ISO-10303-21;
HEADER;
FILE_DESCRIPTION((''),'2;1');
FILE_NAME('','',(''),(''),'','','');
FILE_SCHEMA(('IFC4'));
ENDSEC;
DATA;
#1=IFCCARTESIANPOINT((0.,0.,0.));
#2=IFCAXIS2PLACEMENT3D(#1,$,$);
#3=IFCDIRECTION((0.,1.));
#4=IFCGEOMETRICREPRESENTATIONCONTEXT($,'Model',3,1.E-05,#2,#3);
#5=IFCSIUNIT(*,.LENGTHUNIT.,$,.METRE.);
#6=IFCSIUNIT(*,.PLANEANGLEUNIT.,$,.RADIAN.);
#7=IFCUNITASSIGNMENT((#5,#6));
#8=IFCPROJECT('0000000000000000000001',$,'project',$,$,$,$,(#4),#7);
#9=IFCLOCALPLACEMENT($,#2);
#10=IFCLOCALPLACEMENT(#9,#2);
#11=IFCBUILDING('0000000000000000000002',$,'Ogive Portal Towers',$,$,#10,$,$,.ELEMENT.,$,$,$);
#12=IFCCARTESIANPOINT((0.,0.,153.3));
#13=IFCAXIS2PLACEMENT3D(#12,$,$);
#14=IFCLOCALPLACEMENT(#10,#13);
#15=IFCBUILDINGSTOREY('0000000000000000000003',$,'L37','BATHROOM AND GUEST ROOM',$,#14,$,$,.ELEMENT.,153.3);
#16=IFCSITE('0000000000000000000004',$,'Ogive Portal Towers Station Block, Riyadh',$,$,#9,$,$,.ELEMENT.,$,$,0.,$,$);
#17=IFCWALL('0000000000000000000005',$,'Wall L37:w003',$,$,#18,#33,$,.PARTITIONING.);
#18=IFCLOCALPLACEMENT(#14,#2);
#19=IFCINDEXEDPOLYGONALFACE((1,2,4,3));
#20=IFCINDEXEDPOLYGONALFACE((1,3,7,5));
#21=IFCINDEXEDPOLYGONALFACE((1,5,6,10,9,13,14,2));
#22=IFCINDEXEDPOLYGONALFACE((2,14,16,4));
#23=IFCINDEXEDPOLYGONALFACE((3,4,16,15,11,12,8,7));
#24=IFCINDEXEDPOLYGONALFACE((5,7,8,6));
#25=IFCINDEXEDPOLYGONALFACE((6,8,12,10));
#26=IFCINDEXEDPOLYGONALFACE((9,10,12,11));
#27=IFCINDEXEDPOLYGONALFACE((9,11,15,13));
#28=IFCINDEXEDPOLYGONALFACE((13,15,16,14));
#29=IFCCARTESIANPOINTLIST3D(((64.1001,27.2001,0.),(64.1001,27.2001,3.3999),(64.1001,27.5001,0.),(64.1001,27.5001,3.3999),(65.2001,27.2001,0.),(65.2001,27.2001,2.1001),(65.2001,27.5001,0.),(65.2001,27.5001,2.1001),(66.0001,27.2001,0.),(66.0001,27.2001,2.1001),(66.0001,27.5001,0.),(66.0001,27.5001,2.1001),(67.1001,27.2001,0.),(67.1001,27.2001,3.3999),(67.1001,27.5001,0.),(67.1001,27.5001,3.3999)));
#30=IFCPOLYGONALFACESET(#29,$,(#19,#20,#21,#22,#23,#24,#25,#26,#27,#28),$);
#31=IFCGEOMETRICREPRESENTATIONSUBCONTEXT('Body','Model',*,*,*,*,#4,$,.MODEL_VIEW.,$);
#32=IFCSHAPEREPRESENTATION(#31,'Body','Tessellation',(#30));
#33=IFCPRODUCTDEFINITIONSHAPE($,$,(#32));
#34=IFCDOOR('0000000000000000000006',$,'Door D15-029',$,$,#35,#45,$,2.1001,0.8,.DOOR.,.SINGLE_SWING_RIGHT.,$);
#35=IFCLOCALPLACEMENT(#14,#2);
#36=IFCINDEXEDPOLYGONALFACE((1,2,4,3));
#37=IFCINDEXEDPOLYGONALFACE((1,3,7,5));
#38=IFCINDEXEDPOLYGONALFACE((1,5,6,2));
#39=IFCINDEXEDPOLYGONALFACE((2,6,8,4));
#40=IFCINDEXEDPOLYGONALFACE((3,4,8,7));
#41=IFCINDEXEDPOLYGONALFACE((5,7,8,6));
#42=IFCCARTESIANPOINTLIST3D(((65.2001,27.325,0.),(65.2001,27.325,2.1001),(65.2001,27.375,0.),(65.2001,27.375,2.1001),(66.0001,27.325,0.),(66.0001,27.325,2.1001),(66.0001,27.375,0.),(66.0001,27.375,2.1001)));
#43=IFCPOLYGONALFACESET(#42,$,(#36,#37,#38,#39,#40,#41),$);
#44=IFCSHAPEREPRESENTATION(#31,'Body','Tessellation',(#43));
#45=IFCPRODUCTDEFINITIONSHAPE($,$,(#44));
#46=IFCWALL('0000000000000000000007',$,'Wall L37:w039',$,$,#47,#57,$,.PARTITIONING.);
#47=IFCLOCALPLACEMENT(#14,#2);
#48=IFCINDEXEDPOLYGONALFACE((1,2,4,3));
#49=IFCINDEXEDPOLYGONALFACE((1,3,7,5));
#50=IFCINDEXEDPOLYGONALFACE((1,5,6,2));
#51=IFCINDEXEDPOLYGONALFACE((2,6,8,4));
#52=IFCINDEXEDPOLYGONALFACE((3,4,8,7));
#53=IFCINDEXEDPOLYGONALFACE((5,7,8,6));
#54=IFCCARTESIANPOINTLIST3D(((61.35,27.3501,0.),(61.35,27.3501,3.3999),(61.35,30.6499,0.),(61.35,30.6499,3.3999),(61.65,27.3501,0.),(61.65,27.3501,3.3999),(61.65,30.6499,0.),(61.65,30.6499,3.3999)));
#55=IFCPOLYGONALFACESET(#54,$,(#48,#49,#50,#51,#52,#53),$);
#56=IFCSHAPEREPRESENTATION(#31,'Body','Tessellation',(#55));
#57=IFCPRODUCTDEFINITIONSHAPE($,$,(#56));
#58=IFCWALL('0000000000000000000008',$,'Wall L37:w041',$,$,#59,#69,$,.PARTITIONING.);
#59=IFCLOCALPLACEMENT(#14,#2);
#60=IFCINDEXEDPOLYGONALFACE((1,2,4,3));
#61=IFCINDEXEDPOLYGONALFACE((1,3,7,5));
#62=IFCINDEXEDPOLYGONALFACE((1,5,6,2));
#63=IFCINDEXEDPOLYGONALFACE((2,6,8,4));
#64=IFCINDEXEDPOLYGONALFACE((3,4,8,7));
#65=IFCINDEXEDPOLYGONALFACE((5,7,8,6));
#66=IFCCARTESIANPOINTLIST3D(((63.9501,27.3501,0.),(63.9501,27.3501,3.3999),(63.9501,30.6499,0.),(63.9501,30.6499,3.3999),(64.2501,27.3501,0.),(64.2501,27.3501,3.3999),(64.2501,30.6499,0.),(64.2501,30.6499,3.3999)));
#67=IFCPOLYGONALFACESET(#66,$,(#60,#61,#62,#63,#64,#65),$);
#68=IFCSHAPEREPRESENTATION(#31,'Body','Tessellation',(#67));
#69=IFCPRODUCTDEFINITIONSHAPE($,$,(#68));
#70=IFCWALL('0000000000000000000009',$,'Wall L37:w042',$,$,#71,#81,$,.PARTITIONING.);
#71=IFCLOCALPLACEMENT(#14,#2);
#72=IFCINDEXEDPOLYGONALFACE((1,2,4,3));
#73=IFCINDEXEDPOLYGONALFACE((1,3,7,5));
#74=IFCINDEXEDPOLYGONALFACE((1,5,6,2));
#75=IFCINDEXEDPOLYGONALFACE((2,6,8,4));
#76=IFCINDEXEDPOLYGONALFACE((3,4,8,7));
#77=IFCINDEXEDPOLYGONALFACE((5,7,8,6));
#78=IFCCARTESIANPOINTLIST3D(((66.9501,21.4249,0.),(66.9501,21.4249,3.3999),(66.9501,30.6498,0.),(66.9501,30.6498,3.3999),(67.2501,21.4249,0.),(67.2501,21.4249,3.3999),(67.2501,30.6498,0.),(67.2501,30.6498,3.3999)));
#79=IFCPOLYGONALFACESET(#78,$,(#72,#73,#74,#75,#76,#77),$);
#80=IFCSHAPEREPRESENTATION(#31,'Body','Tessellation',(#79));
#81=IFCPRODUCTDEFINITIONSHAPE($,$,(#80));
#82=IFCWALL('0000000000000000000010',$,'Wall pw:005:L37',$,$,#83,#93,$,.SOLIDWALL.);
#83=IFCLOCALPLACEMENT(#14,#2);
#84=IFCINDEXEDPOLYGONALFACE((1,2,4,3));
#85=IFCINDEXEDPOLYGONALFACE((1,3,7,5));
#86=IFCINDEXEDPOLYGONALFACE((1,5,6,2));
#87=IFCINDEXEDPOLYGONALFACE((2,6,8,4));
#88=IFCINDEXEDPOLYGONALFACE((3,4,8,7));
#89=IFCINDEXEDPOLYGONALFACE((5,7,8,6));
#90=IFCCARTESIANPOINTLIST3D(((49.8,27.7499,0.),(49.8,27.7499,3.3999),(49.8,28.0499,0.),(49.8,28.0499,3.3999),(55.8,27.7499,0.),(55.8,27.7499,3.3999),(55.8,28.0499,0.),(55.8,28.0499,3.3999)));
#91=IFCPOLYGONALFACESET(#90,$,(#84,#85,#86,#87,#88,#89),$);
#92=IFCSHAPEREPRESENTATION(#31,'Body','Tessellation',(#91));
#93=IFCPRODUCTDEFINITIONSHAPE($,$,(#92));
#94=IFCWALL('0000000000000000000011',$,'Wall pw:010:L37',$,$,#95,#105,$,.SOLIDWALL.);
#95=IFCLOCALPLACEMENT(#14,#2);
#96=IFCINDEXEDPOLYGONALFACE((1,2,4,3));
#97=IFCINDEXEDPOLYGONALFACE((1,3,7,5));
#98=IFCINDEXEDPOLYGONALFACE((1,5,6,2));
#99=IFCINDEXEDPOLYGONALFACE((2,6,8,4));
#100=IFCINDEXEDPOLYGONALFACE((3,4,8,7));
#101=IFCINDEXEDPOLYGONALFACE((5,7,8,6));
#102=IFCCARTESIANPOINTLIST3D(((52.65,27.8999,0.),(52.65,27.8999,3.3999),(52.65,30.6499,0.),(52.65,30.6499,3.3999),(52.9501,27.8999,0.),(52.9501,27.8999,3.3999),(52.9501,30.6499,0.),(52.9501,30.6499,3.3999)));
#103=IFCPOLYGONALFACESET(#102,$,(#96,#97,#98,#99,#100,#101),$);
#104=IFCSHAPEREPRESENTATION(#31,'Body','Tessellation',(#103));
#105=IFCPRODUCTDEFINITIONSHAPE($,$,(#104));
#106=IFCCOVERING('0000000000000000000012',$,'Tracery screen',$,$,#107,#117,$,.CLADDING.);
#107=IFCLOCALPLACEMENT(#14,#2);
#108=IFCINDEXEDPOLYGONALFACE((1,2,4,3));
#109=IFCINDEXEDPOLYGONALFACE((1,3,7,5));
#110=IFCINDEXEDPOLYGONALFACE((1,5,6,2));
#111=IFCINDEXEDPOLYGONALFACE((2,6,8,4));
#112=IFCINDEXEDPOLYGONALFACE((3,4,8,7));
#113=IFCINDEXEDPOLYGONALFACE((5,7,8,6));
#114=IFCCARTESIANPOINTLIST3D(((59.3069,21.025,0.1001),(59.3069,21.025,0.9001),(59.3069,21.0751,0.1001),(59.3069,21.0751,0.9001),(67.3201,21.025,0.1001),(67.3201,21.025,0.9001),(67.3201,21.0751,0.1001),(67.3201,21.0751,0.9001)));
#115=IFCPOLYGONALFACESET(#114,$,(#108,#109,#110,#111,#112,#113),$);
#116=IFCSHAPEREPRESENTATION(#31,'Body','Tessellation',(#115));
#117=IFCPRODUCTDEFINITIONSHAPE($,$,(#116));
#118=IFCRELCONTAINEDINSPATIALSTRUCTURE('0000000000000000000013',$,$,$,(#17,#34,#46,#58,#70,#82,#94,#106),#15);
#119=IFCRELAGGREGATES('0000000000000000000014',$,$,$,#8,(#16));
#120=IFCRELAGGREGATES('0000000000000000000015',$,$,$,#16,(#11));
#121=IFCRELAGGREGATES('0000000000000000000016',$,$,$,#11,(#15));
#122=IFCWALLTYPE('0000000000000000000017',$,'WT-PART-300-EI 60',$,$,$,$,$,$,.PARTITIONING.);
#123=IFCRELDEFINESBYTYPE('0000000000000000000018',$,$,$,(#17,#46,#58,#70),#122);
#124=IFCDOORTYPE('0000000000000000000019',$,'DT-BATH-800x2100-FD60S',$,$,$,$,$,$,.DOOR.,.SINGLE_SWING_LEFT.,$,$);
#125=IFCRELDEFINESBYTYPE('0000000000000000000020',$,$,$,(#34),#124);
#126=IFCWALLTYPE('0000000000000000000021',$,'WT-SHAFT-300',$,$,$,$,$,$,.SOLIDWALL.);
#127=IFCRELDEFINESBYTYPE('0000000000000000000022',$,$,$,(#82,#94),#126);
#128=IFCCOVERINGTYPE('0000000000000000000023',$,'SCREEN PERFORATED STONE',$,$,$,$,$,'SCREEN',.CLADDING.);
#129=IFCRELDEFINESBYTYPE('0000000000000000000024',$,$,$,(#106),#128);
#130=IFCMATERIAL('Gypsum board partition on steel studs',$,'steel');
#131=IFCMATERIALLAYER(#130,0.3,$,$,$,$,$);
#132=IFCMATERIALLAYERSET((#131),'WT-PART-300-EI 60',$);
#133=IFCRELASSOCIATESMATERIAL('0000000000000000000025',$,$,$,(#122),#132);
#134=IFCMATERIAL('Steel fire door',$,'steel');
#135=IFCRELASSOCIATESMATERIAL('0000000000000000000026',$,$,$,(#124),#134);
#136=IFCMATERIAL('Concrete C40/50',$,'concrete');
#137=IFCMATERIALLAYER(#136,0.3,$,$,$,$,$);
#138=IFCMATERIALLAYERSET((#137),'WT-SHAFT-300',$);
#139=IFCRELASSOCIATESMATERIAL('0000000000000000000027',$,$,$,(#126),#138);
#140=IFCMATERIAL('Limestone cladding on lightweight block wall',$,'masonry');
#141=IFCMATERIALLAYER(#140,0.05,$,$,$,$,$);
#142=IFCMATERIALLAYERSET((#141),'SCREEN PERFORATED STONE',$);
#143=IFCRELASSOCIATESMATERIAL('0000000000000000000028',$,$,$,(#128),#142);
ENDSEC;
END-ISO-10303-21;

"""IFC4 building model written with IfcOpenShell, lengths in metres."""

from ifc_helpers import new_model, si_unit, direction, frame, frame_2d, origin, origin_2d, place, context, subcontext, project, spatial, rectangle, extrude, material, layer, layer_set, type_object, element, fill, save


model = new_model("IFC4")

# Units and contexts
model_context = context("Model", 3, precision=1e-05, world=origin(), true_north=direction((0.0, 1.0)))
body_context = subcontext(model_context, "Body", "Model", "MODEL_VIEW")
ifc_project = project(units=[si_unit("LENGTHUNIT", "METRE"), si_unit("PLANEANGLEUNIT", "RADIAN")], contexts=[model_context])

# Site, building, storey
site_placement = place(None, origin())
site = spatial("IfcSite", under=ifc_project, at=site_placement, Name="Ogive Portal Towers Station Block, Riyadh", CompositionType="ELEMENT", RefElevation=0.0)
building_placement = place(site_placement, origin())
building = spatial("IfcBuilding", under=site, at=building_placement, Name="Ogive Portal Towers", CompositionType="ELEMENT")
storey_placement = place(building_placement, frame((0.0, 0.0, 153.3)))
storey = spatial("IfcBuildingStorey", under=building, at=storey_placement, Name="L37", Description="BATHROOM AND GUEST ROOM", CompositionType="ELEMENT", Elevation=153.3)

# Shared definitions
ifc_material_1 = material(Name="Steel fire door", Category="steel")

# Shared definitions
ifc_material_2 = material(Name="Limestone cladding on lightweight block wall", Category="masonry")

# Shared definitions
ifc_material_3 = material(Name="Gypsum board partition on steel studs", Category="steel")

# Wall, opening, door
ifc_layer_1 = layer(ifc_material_3, 0.3)
ifc_layer_set_1 = layer_set([ifc_layer_1], Name="WT-PART-300-EI 60")
wall_type_1 = type_object("IfcWallType", Name="WT-PART-300-EI 60", PredefinedType="PARTITIONING", material=ifc_layer_set_1)
door_type_1 = type_object("IfcDoorType", Name="DT-BATH-800x2100-FD60S", OperationType="SINGLE_SWING_LEFT", PredefinedType="DOOR", material=ifc_material_1)
wall_1_placement = place(storey_placement, frame((64.1001, 27.3501, 0.0), z_axis=(0.0, 0.0, 1.0), x_axis=(1.0, 0.0, 0.0)))
wall_1 = element("IfcWall", 1, at=wall_1_placement, inside=storey, type_object=wall_type_1, Name="Wall L37:w003", PredefinedType="PARTITIONING", context=body_context, shape_type="SweptSolid", body=[
    extrude(rectangle(XDim=3.0, YDim=0.3, at=frame_2d((1.5, 0.0))), origin(), (0.0, 0.0, 1.0), 3.3999),
])
opening_1_placement = place(wall_1_placement, frame((1.1001, 0.0, 0.0)))
opening_1 = element("IfcOpeningElement", 2, at=opening_1_placement, cuts=wall_1, PredefinedType="OPENING", context=body_context, shape_type="SweptSolid", body=[
    extrude(rectangle(XDim=0.8, YDim=2.1001, at=frame_2d((0.3999, 1.05))), frame((0.0, 0.1602, 0.0), z_axis=(0.0, -1.0, 0.0), x_axis=(1.0, 0.0, 0.0)), (0.0, 0.0, 1.0), 0.3201),
])
door_1_placement = place(opening_1_placement, origin())
door_1 = element("IfcDoor", 3, at=door_1_placement, inside=storey, type_object=door_type_1, Name="Door D15-029", OperationType="SINGLE_SWING_RIGHT", OverallHeight=2.1001, OverallWidth=0.8, PredefinedType="DOOR", context=body_context, shape_type="SweptSolid", body=[
    extrude(rectangle(XDim=0.8, YDim=2.1001, at=frame_2d((0.3999, 1.05))), frame((0.0, 0.0249, 0.0), z_axis=(0.0, -1.0, 0.0), x_axis=(1.0, 0.0, 0.0)), (0.0, 0.0, 1.0), 0.05),
])
fill(opening_1, door_1)

# Walls
for number, where, z_axis, x_axis, name in (
    (4, (61.5, 27.3501, 0.0), (0.0, 0.0, 1.0), (0.0, 1.0, 0.0), "Wall L37:w039"),
    (5, (64.1001, 27.3501, 0.0), (0.0, 0.0, 1.0), (0.0, 1.0, 0.0), "Wall L37:w041"),
):
    element("IfcWall", number, at=place(storey_placement, frame(where, z_axis=z_axis, x_axis=x_axis)), inside=storey, type_object=wall_type_1, Name=name, PredefinedType="PARTITIONING", context=body_context, shape_type="SweptSolid", body=[
        extrude(rectangle(XDim=3.2998, YDim=0.3, at=frame_2d((1.6499, 0.0))), origin(), (0.0, 0.0, 1.0), 3.3999),
    ])
wall_2_placement = place(storey_placement, frame((67.1001, 21.425, 0.0), z_axis=(0.0, 0.0, 1.0), x_axis=(0.0, 1.0, 0.0)))
element("IfcWall", 6, at=wall_2_placement, inside=storey, type_object=wall_type_1, Name="Wall L37:w042", PredefinedType="PARTITIONING", context=body_context, shape_type="SweptSolid", body=[
    extrude(rectangle(XDim=9.2249, YDim=0.3, at=frame_2d((4.6123, 0.0))), origin(), (0.0, 0.0, 1.0), 3.3999),
])
ifc_material_4 = material(Name="Concrete C40/50", Category="concrete")
ifc_layer_2 = layer(ifc_material_4, 0.3)
ifc_layer_set_2 = layer_set([ifc_layer_2], Name="WT-SHAFT-300")
wall_type_2 = type_object("IfcWallType", Name="WT-SHAFT-300", PredefinedType="SOLIDWALL", material=ifc_layer_set_2)
wall_3_placement = place(storey_placement, frame((49.8, 27.8999, 0.0), z_axis=(0.0, 0.0, 1.0), x_axis=(1.0, 0.0, 0.0)))
element("IfcWall", 7, at=wall_3_placement, inside=storey, type_object=wall_type_2, Name="Wall pw:005:L37", PredefinedType="SOLIDWALL", context=body_context, shape_type="SweptSolid", body=[
    extrude(rectangle(XDim=6.0, YDim=0.3, at=frame_2d((3.0, 0.0))), origin(), (0.0, 0.0, 1.0), 3.3999),
])
wall_4_placement = place(storey_placement, frame((52.8, 27.8999, 0.0), z_axis=(0.0, 0.0, 1.0), x_axis=(0.0, 1.0, 0.0)))
element("IfcWall", 8, at=wall_4_placement, inside=storey, type_object=wall_type_2, Name="Wall pw:010:L37", PredefinedType="SOLIDWALL", context=body_context, shape_type="SweptSolid", body=[
    extrude(rectangle(XDim=2.75, YDim=0.3, at=frame_2d((1.375, 0.0))), origin(), (0.0, 0.0, 1.0), 3.3999),
])

# Covering
ifc_layer_3 = layer(ifc_material_2, 0.05)
ifc_layer_set_3 = layer_set([ifc_layer_3], Name="SCREEN PERFORATED STONE")
covering_type = type_object("IfcCoveringType", Name="SCREEN PERFORATED STONE", ElementType="SCREEN", PredefinedType="CLADDING", material=ifc_layer_set_3)
covering_placement = place(storey_placement, frame((63.3135, 21.05, 0.1001), z_axis=(0.0, 0.0, 1.0), x_axis=(1.0, 0.0, 0.0)))
element("IfcCovering", 9, at=covering_placement, inside=storey, type_object=covering_type, Name="Tracery screen", PredefinedType="CLADDING", context=body_context, shape_type="SweptSolid", body=[
    extrude(rectangle(XDim=8.0132, YDim=0.05, at=origin_2d()), origin(), (0.0, 0.0, 1.0), 0.8),
])

save(model, "model.ifc")
